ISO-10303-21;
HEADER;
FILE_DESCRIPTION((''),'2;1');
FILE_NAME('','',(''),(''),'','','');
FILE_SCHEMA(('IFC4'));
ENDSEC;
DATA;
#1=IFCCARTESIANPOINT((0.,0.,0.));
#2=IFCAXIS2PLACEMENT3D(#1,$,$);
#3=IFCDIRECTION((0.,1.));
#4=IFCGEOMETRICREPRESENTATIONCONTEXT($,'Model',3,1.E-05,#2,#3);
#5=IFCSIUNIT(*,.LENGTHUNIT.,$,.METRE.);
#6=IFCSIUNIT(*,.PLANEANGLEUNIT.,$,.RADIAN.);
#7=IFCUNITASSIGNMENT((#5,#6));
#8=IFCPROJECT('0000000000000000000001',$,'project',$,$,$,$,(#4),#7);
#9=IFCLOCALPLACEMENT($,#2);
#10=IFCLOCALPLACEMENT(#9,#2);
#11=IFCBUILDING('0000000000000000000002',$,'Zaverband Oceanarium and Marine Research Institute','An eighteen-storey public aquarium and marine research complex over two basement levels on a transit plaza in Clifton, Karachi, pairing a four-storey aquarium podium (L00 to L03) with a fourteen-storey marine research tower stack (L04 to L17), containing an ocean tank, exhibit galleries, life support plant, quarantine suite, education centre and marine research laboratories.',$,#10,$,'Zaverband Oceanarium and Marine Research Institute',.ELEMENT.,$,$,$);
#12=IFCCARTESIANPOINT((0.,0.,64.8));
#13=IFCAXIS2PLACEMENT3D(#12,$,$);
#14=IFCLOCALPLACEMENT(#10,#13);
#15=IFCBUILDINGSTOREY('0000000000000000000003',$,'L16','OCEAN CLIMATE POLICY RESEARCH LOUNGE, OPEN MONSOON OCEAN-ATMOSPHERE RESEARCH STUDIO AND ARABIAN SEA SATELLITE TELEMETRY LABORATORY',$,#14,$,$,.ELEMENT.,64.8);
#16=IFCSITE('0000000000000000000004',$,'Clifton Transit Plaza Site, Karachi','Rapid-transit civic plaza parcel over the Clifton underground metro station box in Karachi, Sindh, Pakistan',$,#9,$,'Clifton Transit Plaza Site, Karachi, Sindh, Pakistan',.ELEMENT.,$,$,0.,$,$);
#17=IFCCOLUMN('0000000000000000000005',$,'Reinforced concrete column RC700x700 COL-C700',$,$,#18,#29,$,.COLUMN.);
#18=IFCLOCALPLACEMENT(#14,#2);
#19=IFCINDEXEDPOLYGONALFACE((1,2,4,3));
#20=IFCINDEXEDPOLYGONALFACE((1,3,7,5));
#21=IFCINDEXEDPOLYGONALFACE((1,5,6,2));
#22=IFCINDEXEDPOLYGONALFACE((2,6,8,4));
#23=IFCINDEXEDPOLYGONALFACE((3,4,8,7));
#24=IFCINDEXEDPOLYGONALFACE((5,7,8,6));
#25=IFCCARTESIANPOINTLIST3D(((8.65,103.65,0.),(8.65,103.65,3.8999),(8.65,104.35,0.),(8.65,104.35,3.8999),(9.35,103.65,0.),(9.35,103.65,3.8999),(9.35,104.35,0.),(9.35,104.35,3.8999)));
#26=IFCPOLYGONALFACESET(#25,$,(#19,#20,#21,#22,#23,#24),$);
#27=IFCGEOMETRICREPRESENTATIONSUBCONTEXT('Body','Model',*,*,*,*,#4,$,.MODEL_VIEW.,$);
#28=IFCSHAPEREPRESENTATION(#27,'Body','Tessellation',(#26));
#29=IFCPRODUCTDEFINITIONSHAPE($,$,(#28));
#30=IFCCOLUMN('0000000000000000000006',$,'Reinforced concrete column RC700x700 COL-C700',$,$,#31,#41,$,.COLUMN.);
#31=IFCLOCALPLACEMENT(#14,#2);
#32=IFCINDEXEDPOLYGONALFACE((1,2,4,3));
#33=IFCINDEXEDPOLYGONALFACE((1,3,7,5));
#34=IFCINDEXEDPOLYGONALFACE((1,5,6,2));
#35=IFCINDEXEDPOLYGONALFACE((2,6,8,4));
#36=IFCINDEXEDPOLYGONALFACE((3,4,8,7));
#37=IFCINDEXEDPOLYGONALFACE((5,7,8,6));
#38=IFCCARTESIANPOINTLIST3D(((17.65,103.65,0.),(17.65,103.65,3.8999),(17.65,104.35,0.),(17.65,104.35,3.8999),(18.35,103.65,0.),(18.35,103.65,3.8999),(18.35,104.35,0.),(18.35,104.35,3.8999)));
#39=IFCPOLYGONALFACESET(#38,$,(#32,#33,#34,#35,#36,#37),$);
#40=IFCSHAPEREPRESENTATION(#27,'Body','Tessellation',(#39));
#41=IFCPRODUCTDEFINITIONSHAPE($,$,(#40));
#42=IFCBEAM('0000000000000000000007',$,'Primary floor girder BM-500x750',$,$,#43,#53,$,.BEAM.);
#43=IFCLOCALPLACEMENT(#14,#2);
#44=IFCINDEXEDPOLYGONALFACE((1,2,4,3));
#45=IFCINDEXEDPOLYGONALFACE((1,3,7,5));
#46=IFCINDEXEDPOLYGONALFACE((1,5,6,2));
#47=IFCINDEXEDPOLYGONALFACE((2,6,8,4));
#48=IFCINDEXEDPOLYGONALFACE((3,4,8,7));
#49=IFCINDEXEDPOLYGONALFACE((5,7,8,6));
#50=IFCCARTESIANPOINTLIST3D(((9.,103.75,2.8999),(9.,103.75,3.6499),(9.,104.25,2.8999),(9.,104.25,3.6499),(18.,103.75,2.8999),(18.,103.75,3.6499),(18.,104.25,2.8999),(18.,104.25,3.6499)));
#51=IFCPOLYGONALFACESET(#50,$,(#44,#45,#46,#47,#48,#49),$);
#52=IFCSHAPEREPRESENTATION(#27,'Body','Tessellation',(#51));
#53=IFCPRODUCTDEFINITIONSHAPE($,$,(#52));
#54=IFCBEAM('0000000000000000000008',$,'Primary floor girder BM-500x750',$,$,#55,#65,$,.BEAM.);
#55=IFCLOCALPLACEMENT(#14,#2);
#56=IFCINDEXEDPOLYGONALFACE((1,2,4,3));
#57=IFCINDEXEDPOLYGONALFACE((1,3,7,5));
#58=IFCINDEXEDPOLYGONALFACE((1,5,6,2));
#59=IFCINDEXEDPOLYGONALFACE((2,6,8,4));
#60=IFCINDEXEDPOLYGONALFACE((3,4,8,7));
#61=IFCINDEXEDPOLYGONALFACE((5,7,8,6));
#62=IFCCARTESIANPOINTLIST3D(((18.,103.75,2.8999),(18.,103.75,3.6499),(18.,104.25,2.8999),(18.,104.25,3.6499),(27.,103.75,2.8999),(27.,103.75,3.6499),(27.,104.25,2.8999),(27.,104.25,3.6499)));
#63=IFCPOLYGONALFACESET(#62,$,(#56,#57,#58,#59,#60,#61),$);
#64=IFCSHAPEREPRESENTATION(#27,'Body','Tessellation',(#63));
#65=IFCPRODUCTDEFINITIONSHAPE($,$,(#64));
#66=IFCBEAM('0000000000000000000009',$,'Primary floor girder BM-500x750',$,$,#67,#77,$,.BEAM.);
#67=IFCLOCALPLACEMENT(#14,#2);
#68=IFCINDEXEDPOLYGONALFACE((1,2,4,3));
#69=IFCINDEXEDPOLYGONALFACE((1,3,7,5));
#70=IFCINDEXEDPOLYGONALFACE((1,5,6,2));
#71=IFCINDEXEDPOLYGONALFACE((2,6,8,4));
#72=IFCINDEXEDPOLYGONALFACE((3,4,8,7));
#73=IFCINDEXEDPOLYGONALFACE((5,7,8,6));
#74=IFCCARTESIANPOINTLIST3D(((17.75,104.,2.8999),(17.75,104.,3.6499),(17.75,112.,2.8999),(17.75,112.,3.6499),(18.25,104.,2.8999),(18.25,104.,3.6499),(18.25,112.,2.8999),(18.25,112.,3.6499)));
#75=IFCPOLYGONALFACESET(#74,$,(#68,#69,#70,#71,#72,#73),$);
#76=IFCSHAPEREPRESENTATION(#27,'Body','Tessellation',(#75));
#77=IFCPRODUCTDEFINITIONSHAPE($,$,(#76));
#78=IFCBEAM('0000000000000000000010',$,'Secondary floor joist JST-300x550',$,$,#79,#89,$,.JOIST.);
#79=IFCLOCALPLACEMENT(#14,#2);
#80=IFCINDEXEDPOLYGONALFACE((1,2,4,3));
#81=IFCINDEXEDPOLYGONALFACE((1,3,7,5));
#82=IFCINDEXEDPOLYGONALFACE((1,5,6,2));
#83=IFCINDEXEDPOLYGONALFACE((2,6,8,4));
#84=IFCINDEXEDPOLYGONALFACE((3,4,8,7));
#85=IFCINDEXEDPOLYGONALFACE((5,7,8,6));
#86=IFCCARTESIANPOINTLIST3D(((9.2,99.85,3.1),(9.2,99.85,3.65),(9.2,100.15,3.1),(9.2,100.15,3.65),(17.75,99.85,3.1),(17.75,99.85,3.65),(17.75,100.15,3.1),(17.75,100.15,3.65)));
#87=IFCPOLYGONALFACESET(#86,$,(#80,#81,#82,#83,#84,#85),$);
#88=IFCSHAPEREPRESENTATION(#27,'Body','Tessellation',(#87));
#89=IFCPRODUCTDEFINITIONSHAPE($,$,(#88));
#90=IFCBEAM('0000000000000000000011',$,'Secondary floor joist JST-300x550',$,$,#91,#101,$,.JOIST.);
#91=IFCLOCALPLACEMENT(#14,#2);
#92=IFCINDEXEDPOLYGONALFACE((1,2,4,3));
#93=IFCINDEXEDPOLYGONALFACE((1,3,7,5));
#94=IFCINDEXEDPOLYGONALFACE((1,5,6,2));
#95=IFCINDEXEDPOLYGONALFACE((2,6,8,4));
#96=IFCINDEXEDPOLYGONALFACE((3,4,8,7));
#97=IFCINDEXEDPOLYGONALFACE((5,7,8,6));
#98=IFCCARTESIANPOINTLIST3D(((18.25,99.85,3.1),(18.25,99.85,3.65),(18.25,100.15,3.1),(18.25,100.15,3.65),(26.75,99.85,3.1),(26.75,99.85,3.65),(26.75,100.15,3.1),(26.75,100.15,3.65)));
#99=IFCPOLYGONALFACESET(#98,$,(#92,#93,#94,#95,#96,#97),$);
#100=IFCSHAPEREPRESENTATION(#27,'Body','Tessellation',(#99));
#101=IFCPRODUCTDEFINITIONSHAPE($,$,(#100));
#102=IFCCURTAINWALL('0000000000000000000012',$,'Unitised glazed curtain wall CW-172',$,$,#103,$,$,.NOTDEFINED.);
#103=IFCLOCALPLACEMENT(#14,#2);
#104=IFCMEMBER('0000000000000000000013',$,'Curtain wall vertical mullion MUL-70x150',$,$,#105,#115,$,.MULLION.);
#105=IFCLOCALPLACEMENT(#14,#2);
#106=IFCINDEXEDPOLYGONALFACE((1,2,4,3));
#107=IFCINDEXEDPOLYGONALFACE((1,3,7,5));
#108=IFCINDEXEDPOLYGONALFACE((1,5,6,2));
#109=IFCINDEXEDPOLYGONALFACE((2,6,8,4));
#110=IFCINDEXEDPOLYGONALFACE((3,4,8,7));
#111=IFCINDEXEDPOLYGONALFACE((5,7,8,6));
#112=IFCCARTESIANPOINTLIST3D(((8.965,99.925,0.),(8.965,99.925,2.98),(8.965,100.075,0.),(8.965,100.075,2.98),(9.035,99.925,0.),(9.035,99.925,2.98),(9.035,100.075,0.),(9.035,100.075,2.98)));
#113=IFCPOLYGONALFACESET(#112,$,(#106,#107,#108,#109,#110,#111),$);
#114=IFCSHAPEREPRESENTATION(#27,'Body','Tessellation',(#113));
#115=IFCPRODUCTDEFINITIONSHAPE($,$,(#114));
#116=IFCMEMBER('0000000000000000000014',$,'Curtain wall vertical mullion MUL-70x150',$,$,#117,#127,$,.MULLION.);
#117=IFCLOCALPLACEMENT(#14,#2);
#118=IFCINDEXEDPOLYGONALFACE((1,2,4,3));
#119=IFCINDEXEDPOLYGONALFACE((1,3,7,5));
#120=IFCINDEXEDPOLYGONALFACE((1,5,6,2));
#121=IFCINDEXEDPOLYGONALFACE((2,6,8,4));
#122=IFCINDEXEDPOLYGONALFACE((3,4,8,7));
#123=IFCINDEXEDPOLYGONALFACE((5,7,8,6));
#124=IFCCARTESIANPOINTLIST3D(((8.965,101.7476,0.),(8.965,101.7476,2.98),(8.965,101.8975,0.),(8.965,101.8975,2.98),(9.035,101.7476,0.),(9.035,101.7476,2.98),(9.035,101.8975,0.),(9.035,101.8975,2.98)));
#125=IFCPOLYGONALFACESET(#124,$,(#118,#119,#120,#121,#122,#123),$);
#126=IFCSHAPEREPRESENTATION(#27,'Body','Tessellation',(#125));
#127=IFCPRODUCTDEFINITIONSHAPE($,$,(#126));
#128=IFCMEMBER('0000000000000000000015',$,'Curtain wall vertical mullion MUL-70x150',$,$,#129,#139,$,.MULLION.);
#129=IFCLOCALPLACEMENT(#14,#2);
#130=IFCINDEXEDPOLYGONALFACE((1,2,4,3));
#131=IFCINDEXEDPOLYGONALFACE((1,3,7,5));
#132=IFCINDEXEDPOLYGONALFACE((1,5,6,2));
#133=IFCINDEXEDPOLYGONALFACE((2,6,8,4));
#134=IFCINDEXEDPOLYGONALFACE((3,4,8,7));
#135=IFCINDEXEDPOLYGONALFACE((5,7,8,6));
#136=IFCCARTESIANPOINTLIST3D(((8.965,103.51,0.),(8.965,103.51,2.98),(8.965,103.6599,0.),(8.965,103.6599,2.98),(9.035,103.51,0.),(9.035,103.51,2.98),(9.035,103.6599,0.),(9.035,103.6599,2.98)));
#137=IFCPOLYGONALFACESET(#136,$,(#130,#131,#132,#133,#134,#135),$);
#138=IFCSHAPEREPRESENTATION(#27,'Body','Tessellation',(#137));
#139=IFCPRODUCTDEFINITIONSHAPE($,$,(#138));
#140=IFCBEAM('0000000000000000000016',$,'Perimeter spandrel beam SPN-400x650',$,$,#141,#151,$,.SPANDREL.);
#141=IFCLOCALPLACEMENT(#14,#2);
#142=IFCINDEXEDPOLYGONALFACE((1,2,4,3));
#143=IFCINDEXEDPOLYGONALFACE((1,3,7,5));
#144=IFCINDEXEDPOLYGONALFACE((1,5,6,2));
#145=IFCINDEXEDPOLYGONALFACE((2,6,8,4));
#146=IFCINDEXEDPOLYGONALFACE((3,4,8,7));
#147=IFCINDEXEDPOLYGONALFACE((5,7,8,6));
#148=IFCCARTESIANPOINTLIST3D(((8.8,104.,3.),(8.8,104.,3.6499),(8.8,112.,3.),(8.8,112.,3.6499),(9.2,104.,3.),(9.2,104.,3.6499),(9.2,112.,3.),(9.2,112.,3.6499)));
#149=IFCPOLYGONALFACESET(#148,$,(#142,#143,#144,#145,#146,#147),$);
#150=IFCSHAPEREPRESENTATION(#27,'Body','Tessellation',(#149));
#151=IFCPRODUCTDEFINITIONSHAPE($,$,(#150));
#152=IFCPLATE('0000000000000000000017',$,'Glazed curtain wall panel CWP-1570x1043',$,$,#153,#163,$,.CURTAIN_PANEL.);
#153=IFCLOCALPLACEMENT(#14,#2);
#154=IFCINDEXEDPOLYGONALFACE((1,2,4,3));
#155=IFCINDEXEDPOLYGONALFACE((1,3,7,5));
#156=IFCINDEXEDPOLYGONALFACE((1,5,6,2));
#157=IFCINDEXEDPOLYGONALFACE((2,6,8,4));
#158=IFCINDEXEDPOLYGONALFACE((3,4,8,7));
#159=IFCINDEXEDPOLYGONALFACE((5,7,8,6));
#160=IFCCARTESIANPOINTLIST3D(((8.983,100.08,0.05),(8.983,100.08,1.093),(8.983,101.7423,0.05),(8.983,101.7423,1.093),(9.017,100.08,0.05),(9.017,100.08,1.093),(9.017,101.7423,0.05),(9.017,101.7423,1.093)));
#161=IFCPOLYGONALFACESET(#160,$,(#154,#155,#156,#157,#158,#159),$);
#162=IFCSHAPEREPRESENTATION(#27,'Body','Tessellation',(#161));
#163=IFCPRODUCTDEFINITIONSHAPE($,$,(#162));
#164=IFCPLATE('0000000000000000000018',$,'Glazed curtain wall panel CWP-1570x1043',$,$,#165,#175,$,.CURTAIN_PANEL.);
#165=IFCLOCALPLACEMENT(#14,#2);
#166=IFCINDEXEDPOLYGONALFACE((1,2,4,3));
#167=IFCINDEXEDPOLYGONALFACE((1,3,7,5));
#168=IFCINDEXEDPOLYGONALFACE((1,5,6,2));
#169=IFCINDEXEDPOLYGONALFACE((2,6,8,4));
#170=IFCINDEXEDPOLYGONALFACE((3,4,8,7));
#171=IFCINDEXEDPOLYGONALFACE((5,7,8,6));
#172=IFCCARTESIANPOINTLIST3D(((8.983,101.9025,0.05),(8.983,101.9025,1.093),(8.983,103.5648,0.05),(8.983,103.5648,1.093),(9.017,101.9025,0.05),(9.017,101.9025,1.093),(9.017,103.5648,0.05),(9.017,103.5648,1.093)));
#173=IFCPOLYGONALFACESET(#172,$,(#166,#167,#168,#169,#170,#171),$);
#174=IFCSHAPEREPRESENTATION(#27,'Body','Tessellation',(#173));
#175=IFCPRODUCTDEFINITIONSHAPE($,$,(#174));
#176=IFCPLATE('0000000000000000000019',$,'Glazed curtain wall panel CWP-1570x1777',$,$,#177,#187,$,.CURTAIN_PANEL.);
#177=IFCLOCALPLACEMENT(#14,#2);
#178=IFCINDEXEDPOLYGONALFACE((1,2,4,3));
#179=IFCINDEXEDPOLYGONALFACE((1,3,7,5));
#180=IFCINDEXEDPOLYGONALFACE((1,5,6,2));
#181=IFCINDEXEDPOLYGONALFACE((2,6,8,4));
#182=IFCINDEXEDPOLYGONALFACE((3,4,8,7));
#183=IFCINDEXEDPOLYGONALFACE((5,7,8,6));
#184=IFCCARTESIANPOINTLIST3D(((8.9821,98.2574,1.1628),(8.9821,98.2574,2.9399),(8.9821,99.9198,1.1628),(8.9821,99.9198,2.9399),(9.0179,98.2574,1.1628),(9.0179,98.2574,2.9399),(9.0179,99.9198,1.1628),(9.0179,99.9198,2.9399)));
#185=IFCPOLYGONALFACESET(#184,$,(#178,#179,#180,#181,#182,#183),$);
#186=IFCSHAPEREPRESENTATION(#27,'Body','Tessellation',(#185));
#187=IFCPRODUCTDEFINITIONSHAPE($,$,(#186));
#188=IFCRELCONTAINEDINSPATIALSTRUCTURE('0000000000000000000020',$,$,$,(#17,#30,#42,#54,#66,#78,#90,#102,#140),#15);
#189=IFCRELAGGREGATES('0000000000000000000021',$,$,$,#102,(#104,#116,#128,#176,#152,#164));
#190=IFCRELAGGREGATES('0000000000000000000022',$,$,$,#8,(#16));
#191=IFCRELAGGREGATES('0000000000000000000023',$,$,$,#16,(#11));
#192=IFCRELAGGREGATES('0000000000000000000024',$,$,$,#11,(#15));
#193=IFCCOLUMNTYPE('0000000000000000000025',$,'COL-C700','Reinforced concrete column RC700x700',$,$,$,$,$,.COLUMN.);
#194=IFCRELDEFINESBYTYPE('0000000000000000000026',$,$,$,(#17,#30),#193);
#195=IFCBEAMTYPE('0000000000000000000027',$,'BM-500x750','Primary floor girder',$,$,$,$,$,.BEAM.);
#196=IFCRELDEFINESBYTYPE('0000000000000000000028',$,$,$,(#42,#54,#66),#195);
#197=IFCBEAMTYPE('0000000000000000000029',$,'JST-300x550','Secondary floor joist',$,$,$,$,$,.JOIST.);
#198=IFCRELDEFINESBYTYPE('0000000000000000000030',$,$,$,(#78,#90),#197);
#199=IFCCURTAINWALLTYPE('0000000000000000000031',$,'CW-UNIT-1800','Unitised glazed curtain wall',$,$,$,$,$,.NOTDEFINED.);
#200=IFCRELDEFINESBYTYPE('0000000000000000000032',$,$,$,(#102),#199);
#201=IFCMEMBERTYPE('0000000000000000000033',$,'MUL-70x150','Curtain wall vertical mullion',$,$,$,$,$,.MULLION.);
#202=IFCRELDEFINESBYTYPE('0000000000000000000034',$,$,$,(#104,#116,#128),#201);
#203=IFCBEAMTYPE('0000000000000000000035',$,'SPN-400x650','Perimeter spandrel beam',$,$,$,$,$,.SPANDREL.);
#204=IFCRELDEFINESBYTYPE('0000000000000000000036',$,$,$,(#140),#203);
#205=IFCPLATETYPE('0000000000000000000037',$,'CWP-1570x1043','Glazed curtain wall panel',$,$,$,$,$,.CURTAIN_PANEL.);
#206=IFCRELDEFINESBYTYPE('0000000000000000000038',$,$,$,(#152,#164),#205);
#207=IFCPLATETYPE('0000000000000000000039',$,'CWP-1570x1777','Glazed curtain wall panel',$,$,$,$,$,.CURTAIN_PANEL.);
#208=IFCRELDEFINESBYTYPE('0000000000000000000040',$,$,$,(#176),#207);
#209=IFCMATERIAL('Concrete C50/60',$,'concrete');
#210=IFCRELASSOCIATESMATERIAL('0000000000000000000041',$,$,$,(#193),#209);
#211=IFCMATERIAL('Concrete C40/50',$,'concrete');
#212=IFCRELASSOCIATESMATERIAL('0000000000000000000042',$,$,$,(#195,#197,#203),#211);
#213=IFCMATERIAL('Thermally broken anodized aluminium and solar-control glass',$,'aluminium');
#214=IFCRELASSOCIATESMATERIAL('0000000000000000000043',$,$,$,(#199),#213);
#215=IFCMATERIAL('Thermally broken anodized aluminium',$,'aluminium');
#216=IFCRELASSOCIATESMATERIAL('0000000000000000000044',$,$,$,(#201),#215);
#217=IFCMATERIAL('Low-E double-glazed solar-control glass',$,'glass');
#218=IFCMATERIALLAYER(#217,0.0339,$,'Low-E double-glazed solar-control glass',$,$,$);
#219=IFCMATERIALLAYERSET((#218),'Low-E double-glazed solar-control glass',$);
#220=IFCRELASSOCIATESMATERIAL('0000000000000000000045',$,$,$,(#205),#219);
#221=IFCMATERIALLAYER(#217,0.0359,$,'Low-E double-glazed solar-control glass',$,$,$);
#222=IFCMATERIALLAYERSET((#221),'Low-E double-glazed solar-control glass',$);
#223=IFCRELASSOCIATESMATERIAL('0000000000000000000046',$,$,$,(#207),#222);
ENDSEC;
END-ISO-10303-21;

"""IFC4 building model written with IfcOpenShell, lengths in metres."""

from ifc_helpers import new_model, si_unit, direction, frame, frame_2d, origin, origin_2d, place, context, subcontext, project, spatial, rectangle, extrude, material, layer, layer_set, material_profile, profile_set, type_object, element, aggregate, save


model = new_model("IFC4")

# Units and contexts
model_context = context("Model", 3, precision=1e-05, world=origin(), true_north=direction((0.0, 1.0)))
body_context = subcontext(model_context, "Body", "Model", "MODEL_VIEW")
ifc_project = project(units=[si_unit("LENGTHUNIT", "METRE"), si_unit("PLANEANGLEUNIT", "RADIAN")], contexts=[model_context])

# Site, building, storey
site_placement = place(None, origin())
site = spatial("IfcSite", under=ifc_project, at=site_placement, Name="Clifton Transit Plaza Site, Karachi", Description="Rapid-transit civic plaza parcel over the Clifton underground metro station box in Karachi, Sindh, Pakistan", LongName="Clifton Transit Plaza Site, Karachi, Sindh, Pakistan", CompositionType="ELEMENT", RefElevation=0.0)
building_placement = place(site_placement, origin())
building = spatial("IfcBuilding", under=site, at=building_placement, Name="Zaverband Oceanarium and Marine Research Institute", Description="An eighteen-storey public aquarium and marine research complex over two basement levels on a transit plaza in Clifton, Karachi, pairing a four-storey aquarium podium (L00 to L03) with a fourteen-storey marine research tower stack (L04 to L17), containing an ocean tank, exhibit galleries, life support plant, quarantine suite, education centre and marine research laboratories.", LongName="Zaverband Oceanarium and Marine Research Institute", CompositionType="ELEMENT")
storey_placement = place(building_placement, frame((0.0, 0.0, 64.8)))
storey = spatial("IfcBuildingStorey", under=building, at=storey_placement, Name="L16", Description="OCEAN CLIMATE POLICY RESEARCH LOUNGE, OPEN MONSOON OCEAN-ATMOSPHERE RESEARCH STUDIO AND ARABIAN SEA SATELLITE TELEMETRY LABORATORY", CompositionType="ELEMENT", Elevation=64.8)

# Columns
ifc_material_1 = material(Name="Concrete C50/60", Category="concrete")
ifc_material_profile_1 = material_profile(ifc_material_1, rectangle(XDim=0.7, YDim=0.7, at=origin_2d()), Name="RC700x700")
ifc_profile_set_1 = profile_set([ifc_material_profile_1], Name="Concrete C50/60")
column_type = type_object("IfcColumnType", Name="COL-C700", Description="Reinforced concrete column RC700x700", PredefinedType="COLUMN", material=ifc_profile_set_1)
for number, where, z_axis, x_axis, name in (
    (1, (9.0, 104.0, 0.0), (0.0, 0.0, 1.0), (1.0, 0.0, 0.0), "Reinforced concrete column RC700x700 COL-C700"),
    (2, (18.0, 104.0, 0.0), (0.0, 0.0, 1.0), (1.0, 0.0, 0.0), "Reinforced concrete column RC700x700 COL-C700"),
):
    element("IfcColumn", number, at=place(storey_placement, frame(where, z_axis=z_axis, x_axis=x_axis)), inside=storey, type_object=column_type, Name=name, PredefinedType="COLUMN", context=body_context, shape_type="SweptSolid", body=[
        extrude(rectangle(XDim=0.7, YDim=0.7, at=origin_2d()), origin(), (0.0, 0.0, 1.0), 3.8999),
    ])

# Beams
ifc_material_2 = material(Name="Concrete C40/50", Category="concrete")
ifc_material_profile_2 = material_profile(ifc_material_2, rectangle(XDim=0.5, YDim=0.75, at=origin_2d()), Name="RC500x750")
ifc_profile_set_2 = profile_set([ifc_material_profile_2], Name="Concrete C40/50")
beam_type_1 = type_object("IfcBeamType", Name="BM-500x750", Description="Primary floor girder", PredefinedType="BEAM", material=ifc_profile_set_2)
for number, where, z_axis, x_axis, name in (
    (3, (9.0, 104.0, 3.2749), (1.0, 0.0, 0.0), (0.0, 1.0, 0.0), "Primary floor girder BM-500x750"),
    (4, (18.0, 104.0, 3.2749), (1.0, 0.0, 0.0), (0.0, 1.0, 0.0), "Primary floor girder BM-500x750"),
):
    element("IfcBeam", number, at=place(storey_placement, frame(where, z_axis=z_axis, x_axis=x_axis)), inside=storey, type_object=beam_type_1, Name=name, PredefinedType="BEAM", context=body_context, shape_type="SweptSolid", body=[
        extrude(rectangle(XDim=0.5, YDim=0.75, at=origin_2d()), origin(), (0.0, 0.0, 1.0), 9.0),
    ])
beam_1_placement = place(storey_placement, frame((18.0, 104.0, 3.2749), z_axis=(0.0, 1.0, 0.0), x_axis=(-1.0, 0.0, 0.0)))
element("IfcBeam", 5, at=beam_1_placement, inside=storey, type_object=beam_type_1, Name="Primary floor girder BM-500x750", PredefinedType="BEAM", context=body_context, shape_type="SweptSolid", body=[
    extrude(rectangle(XDim=0.5, YDim=0.75, at=origin_2d()), origin(), (0.0, 0.0, 1.0), 8.0),
])
ifc_material_profile_3 = material_profile(ifc_material_2, rectangle(XDim=0.3, YDim=0.55, at=origin_2d()), Name="RC300x550")
ifc_profile_set_3 = profile_set([ifc_material_profile_3], Name="Concrete C40/50")
beam_type_2 = type_object("IfcBeamType", Name="JST-300x550", Description="Secondary floor joist", PredefinedType="JOIST", material=ifc_profile_set_3)
beam_2_placement = place(storey_placement, frame((9.2, 100.0, 3.375), z_axis=(1.0, 0.0, 0.0), x_axis=(0.0, 1.0, 0.0)))
element("IfcBeam", 6, at=beam_2_placement, inside=storey, type_object=beam_type_2, Name="Secondary floor joist JST-300x550", PredefinedType="JOIST", context=body_context, shape_type="SweptSolid", body=[
    extrude(rectangle(XDim=0.3, YDim=0.55, at=origin_2d()), origin(), (0.0, 0.0, 1.0), 8.55),
])
beam_3_placement = place(storey_placement, frame((18.25, 100.0, 3.375), z_axis=(1.0, 0.0, 0.0), x_axis=(0.0, 1.0, 0.0)))
element("IfcBeam", 7, at=beam_3_placement, inside=storey, type_object=beam_type_2, Name="Secondary floor joist JST-300x550", PredefinedType="JOIST", context=body_context, shape_type="SweptSolid", body=[
    extrude(rectangle(XDim=0.3, YDim=0.55, at=origin_2d()), origin(), (0.0, 0.0, 1.0), 8.5),
])

# Curtain wall, members
ifc_material_3 = material(Name="Thermally broken anodized aluminium and solar-control glass", Category="aluminium")
curtain_wall_type = type_object("IfcCurtainWallType", Name="CW-UNIT-1800", Description="Unitised glazed curtain wall", PredefinedType="NOTDEFINED", material=ifc_material_3)
curtain_wall_placement = place(storey_placement, origin())
curtain_wall = element("IfcCurtainWall", 8, at=curtain_wall_placement, inside=storey, type_object=curtain_wall_type, Name="Unitised glazed curtain wall CW-172", PredefinedType="NOTDEFINED")
ifc_material_4 = material(Name="Thermally broken anodized aluminium", Category="aluminium")
ifc_material_profile_4 = material_profile(ifc_material_4, rectangle(XDim=0.0701, YDim=0.1499, at=origin_2d()), Name="AL-MUL-70x150")
ifc_profile_set_4 = profile_set([ifc_material_profile_4], Name="Thermally broken anodized aluminium")
member_type = type_object("IfcMemberType", Name="MUL-70x150", Description="Curtain wall vertical mullion", PredefinedType="MULLION", material=ifc_profile_set_4)
member_1_placement = place(storey_placement, frame((9.0, 100.0, 0.0), z_axis=(0.0, 0.0, 1.0), x_axis=(1.0, 0.0, 0.0)))
member_1 = element("IfcMember", 9, at=member_1_placement, type_object=member_type, Name="Curtain wall vertical mullion MUL-70x150", PredefinedType="MULLION", context=body_context, shape_type="SweptSolid", body=[
    extrude(rectangle(XDim=0.0701, YDim=0.1499, at=origin_2d()), origin(), (0.0, 0.0, 1.0), 2.98),
])
member_2_placement = place(storey_placement, frame((9.0, 101.8225, 0.0), z_axis=(0.0, 0.0, 1.0), x_axis=(1.0, 0.0, 0.0)))
member_2 = element("IfcMember", 10, at=member_2_placement, type_object=member_type, Name="Curtain wall vertical mullion MUL-70x150", PredefinedType="MULLION", context=body_context, shape_type="SweptSolid", body=[
    extrude(rectangle(XDim=0.0701, YDim=0.1499, at=origin_2d()), origin(), (0.0, 0.0, 1.0), 2.98),
])
member_3_placement = place(storey_placement, frame((9.0, 103.585, 0.0), z_axis=(0.0, 0.0, 1.0), x_axis=(1.0, 0.0, 0.0)))
member_3 = element("IfcMember", 11, at=member_3_placement, type_object=member_type, Name="Curtain wall vertical mullion MUL-70x150", PredefinedType="MULLION", context=body_context, shape_type="SweptSolid", body=[
    extrude(rectangle(XDim=0.0701, YDim=0.1499, at=origin_2d()), origin(), (0.0, 0.0, 1.0), 2.98),
])

# Beam
ifc_material_profile_5 = material_profile(ifc_material_2, rectangle(XDim=0.3999, YDim=0.6499, at=origin_2d()), Name="RC400x650")
ifc_profile_set_5 = profile_set([ifc_material_profile_5], Name="Concrete C40/50")
beam_type_3 = type_object("IfcBeamType", Name="SPN-400x650", Description="Perimeter spandrel beam", PredefinedType="SPANDREL", material=ifc_profile_set_5)
beam_4_placement = place(storey_placement, frame((9.0, 104.0, 3.325), z_axis=(0.0, 1.0, 0.0), x_axis=(-1.0, 0.0, 0.0)))
element("IfcBeam", 12, at=beam_4_placement, inside=storey, type_object=beam_type_3, Name="Perimeter spandrel beam SPN-400x650", PredefinedType="SPANDREL", context=body_context, shape_type="SweptSolid", body=[
    extrude(rectangle(XDim=0.3999, YDim=0.6499, at=origin_2d()), origin(), (0.0, 0.0, 1.0), 8.0),
])

# Plates
ifc_material_5 = material(Name="Low-E double-glazed solar-control glass", Category="glass")
ifc_layer_1 = layer(ifc_material_5, 0.0339, Name="Low-E double-glazed solar-control glass")
ifc_layer_set_1 = layer_set([ifc_layer_1], Name="Low-E double-glazed solar-control glass")
plate_type_1 = type_object("IfcPlateType", Name="CWP-1570x1043", Description="Glazed curtain wall panel", PredefinedType="CURTAIN_PANEL", material=ifc_layer_set_1)
plate_1_placement = place(storey_placement, frame((9.0, 100.0801, 0.05), z_axis=(0.0, 0.0, 1.0), x_axis=(0.0, 1.0, 0.0)))
plate_1 = element("IfcPlate", 13, at=plate_1_placement, type_object=plate_type_1, Name="Glazed curtain wall panel CWP-1570x1043", PredefinedType="CURTAIN_PANEL", context=body_context, shape_type="SweptSolid", body=[
    extrude(rectangle(XDim=1.6624, YDim=0.0339, at=frame_2d((0.8311, 0.0))), origin(), (0.0, 0.0, 1.0), 1.043),
])
plate_2_placement = place(storey_placement, frame((9.0, 101.9026, 0.05), z_axis=(0.0, 0.0, 1.0), x_axis=(0.0, 1.0, 0.0)))
plate_2 = element("IfcPlate", 14, at=plate_2_placement, type_object=plate_type_1, Name="Glazed curtain wall panel CWP-1570x1043", PredefinedType="CURTAIN_PANEL", context=body_context, shape_type="SweptSolid", body=[
    extrude(rectangle(XDim=1.6624, YDim=0.0339, at=frame_2d((0.8311, 0.0))), origin(), (0.0, 0.0, 1.0), 1.043),
])
ifc_layer_2 = layer(ifc_material_5, 0.0359, Name="Low-E double-glazed solar-control glass")
ifc_layer_set_2 = layer_set([ifc_layer_2], Name="Low-E double-glazed solar-control glass")
plate_type_2 = type_object("IfcPlateType", Name="CWP-1570x1777", Description="Glazed curtain wall panel", PredefinedType="CURTAIN_PANEL", material=ifc_layer_set_2)
plate_3_placement = place(storey_placement, frame((9.0, 98.2576, 1.1628), z_axis=(0.0, 0.0, 1.0), x_axis=(0.0, 1.0, 0.0)))
plate_3 = element("IfcPlate", 15, at=plate_3_placement, type_object=plate_type_2, Name="Glazed curtain wall panel CWP-1570x1777", PredefinedType="CURTAIN_PANEL", context=body_context, shape_type="SweptSolid", body=[
    extrude(rectangle(XDim=1.6624, YDim=0.0359, at=frame_2d((0.8311, 0.0))), origin(), (0.0, 0.0, 1.0), 1.7771),
])
aggregate(curtain_wall, [member_1, member_2, member_3, plate_3, plate_1, plate_2])

save(model, "model.ifc")
